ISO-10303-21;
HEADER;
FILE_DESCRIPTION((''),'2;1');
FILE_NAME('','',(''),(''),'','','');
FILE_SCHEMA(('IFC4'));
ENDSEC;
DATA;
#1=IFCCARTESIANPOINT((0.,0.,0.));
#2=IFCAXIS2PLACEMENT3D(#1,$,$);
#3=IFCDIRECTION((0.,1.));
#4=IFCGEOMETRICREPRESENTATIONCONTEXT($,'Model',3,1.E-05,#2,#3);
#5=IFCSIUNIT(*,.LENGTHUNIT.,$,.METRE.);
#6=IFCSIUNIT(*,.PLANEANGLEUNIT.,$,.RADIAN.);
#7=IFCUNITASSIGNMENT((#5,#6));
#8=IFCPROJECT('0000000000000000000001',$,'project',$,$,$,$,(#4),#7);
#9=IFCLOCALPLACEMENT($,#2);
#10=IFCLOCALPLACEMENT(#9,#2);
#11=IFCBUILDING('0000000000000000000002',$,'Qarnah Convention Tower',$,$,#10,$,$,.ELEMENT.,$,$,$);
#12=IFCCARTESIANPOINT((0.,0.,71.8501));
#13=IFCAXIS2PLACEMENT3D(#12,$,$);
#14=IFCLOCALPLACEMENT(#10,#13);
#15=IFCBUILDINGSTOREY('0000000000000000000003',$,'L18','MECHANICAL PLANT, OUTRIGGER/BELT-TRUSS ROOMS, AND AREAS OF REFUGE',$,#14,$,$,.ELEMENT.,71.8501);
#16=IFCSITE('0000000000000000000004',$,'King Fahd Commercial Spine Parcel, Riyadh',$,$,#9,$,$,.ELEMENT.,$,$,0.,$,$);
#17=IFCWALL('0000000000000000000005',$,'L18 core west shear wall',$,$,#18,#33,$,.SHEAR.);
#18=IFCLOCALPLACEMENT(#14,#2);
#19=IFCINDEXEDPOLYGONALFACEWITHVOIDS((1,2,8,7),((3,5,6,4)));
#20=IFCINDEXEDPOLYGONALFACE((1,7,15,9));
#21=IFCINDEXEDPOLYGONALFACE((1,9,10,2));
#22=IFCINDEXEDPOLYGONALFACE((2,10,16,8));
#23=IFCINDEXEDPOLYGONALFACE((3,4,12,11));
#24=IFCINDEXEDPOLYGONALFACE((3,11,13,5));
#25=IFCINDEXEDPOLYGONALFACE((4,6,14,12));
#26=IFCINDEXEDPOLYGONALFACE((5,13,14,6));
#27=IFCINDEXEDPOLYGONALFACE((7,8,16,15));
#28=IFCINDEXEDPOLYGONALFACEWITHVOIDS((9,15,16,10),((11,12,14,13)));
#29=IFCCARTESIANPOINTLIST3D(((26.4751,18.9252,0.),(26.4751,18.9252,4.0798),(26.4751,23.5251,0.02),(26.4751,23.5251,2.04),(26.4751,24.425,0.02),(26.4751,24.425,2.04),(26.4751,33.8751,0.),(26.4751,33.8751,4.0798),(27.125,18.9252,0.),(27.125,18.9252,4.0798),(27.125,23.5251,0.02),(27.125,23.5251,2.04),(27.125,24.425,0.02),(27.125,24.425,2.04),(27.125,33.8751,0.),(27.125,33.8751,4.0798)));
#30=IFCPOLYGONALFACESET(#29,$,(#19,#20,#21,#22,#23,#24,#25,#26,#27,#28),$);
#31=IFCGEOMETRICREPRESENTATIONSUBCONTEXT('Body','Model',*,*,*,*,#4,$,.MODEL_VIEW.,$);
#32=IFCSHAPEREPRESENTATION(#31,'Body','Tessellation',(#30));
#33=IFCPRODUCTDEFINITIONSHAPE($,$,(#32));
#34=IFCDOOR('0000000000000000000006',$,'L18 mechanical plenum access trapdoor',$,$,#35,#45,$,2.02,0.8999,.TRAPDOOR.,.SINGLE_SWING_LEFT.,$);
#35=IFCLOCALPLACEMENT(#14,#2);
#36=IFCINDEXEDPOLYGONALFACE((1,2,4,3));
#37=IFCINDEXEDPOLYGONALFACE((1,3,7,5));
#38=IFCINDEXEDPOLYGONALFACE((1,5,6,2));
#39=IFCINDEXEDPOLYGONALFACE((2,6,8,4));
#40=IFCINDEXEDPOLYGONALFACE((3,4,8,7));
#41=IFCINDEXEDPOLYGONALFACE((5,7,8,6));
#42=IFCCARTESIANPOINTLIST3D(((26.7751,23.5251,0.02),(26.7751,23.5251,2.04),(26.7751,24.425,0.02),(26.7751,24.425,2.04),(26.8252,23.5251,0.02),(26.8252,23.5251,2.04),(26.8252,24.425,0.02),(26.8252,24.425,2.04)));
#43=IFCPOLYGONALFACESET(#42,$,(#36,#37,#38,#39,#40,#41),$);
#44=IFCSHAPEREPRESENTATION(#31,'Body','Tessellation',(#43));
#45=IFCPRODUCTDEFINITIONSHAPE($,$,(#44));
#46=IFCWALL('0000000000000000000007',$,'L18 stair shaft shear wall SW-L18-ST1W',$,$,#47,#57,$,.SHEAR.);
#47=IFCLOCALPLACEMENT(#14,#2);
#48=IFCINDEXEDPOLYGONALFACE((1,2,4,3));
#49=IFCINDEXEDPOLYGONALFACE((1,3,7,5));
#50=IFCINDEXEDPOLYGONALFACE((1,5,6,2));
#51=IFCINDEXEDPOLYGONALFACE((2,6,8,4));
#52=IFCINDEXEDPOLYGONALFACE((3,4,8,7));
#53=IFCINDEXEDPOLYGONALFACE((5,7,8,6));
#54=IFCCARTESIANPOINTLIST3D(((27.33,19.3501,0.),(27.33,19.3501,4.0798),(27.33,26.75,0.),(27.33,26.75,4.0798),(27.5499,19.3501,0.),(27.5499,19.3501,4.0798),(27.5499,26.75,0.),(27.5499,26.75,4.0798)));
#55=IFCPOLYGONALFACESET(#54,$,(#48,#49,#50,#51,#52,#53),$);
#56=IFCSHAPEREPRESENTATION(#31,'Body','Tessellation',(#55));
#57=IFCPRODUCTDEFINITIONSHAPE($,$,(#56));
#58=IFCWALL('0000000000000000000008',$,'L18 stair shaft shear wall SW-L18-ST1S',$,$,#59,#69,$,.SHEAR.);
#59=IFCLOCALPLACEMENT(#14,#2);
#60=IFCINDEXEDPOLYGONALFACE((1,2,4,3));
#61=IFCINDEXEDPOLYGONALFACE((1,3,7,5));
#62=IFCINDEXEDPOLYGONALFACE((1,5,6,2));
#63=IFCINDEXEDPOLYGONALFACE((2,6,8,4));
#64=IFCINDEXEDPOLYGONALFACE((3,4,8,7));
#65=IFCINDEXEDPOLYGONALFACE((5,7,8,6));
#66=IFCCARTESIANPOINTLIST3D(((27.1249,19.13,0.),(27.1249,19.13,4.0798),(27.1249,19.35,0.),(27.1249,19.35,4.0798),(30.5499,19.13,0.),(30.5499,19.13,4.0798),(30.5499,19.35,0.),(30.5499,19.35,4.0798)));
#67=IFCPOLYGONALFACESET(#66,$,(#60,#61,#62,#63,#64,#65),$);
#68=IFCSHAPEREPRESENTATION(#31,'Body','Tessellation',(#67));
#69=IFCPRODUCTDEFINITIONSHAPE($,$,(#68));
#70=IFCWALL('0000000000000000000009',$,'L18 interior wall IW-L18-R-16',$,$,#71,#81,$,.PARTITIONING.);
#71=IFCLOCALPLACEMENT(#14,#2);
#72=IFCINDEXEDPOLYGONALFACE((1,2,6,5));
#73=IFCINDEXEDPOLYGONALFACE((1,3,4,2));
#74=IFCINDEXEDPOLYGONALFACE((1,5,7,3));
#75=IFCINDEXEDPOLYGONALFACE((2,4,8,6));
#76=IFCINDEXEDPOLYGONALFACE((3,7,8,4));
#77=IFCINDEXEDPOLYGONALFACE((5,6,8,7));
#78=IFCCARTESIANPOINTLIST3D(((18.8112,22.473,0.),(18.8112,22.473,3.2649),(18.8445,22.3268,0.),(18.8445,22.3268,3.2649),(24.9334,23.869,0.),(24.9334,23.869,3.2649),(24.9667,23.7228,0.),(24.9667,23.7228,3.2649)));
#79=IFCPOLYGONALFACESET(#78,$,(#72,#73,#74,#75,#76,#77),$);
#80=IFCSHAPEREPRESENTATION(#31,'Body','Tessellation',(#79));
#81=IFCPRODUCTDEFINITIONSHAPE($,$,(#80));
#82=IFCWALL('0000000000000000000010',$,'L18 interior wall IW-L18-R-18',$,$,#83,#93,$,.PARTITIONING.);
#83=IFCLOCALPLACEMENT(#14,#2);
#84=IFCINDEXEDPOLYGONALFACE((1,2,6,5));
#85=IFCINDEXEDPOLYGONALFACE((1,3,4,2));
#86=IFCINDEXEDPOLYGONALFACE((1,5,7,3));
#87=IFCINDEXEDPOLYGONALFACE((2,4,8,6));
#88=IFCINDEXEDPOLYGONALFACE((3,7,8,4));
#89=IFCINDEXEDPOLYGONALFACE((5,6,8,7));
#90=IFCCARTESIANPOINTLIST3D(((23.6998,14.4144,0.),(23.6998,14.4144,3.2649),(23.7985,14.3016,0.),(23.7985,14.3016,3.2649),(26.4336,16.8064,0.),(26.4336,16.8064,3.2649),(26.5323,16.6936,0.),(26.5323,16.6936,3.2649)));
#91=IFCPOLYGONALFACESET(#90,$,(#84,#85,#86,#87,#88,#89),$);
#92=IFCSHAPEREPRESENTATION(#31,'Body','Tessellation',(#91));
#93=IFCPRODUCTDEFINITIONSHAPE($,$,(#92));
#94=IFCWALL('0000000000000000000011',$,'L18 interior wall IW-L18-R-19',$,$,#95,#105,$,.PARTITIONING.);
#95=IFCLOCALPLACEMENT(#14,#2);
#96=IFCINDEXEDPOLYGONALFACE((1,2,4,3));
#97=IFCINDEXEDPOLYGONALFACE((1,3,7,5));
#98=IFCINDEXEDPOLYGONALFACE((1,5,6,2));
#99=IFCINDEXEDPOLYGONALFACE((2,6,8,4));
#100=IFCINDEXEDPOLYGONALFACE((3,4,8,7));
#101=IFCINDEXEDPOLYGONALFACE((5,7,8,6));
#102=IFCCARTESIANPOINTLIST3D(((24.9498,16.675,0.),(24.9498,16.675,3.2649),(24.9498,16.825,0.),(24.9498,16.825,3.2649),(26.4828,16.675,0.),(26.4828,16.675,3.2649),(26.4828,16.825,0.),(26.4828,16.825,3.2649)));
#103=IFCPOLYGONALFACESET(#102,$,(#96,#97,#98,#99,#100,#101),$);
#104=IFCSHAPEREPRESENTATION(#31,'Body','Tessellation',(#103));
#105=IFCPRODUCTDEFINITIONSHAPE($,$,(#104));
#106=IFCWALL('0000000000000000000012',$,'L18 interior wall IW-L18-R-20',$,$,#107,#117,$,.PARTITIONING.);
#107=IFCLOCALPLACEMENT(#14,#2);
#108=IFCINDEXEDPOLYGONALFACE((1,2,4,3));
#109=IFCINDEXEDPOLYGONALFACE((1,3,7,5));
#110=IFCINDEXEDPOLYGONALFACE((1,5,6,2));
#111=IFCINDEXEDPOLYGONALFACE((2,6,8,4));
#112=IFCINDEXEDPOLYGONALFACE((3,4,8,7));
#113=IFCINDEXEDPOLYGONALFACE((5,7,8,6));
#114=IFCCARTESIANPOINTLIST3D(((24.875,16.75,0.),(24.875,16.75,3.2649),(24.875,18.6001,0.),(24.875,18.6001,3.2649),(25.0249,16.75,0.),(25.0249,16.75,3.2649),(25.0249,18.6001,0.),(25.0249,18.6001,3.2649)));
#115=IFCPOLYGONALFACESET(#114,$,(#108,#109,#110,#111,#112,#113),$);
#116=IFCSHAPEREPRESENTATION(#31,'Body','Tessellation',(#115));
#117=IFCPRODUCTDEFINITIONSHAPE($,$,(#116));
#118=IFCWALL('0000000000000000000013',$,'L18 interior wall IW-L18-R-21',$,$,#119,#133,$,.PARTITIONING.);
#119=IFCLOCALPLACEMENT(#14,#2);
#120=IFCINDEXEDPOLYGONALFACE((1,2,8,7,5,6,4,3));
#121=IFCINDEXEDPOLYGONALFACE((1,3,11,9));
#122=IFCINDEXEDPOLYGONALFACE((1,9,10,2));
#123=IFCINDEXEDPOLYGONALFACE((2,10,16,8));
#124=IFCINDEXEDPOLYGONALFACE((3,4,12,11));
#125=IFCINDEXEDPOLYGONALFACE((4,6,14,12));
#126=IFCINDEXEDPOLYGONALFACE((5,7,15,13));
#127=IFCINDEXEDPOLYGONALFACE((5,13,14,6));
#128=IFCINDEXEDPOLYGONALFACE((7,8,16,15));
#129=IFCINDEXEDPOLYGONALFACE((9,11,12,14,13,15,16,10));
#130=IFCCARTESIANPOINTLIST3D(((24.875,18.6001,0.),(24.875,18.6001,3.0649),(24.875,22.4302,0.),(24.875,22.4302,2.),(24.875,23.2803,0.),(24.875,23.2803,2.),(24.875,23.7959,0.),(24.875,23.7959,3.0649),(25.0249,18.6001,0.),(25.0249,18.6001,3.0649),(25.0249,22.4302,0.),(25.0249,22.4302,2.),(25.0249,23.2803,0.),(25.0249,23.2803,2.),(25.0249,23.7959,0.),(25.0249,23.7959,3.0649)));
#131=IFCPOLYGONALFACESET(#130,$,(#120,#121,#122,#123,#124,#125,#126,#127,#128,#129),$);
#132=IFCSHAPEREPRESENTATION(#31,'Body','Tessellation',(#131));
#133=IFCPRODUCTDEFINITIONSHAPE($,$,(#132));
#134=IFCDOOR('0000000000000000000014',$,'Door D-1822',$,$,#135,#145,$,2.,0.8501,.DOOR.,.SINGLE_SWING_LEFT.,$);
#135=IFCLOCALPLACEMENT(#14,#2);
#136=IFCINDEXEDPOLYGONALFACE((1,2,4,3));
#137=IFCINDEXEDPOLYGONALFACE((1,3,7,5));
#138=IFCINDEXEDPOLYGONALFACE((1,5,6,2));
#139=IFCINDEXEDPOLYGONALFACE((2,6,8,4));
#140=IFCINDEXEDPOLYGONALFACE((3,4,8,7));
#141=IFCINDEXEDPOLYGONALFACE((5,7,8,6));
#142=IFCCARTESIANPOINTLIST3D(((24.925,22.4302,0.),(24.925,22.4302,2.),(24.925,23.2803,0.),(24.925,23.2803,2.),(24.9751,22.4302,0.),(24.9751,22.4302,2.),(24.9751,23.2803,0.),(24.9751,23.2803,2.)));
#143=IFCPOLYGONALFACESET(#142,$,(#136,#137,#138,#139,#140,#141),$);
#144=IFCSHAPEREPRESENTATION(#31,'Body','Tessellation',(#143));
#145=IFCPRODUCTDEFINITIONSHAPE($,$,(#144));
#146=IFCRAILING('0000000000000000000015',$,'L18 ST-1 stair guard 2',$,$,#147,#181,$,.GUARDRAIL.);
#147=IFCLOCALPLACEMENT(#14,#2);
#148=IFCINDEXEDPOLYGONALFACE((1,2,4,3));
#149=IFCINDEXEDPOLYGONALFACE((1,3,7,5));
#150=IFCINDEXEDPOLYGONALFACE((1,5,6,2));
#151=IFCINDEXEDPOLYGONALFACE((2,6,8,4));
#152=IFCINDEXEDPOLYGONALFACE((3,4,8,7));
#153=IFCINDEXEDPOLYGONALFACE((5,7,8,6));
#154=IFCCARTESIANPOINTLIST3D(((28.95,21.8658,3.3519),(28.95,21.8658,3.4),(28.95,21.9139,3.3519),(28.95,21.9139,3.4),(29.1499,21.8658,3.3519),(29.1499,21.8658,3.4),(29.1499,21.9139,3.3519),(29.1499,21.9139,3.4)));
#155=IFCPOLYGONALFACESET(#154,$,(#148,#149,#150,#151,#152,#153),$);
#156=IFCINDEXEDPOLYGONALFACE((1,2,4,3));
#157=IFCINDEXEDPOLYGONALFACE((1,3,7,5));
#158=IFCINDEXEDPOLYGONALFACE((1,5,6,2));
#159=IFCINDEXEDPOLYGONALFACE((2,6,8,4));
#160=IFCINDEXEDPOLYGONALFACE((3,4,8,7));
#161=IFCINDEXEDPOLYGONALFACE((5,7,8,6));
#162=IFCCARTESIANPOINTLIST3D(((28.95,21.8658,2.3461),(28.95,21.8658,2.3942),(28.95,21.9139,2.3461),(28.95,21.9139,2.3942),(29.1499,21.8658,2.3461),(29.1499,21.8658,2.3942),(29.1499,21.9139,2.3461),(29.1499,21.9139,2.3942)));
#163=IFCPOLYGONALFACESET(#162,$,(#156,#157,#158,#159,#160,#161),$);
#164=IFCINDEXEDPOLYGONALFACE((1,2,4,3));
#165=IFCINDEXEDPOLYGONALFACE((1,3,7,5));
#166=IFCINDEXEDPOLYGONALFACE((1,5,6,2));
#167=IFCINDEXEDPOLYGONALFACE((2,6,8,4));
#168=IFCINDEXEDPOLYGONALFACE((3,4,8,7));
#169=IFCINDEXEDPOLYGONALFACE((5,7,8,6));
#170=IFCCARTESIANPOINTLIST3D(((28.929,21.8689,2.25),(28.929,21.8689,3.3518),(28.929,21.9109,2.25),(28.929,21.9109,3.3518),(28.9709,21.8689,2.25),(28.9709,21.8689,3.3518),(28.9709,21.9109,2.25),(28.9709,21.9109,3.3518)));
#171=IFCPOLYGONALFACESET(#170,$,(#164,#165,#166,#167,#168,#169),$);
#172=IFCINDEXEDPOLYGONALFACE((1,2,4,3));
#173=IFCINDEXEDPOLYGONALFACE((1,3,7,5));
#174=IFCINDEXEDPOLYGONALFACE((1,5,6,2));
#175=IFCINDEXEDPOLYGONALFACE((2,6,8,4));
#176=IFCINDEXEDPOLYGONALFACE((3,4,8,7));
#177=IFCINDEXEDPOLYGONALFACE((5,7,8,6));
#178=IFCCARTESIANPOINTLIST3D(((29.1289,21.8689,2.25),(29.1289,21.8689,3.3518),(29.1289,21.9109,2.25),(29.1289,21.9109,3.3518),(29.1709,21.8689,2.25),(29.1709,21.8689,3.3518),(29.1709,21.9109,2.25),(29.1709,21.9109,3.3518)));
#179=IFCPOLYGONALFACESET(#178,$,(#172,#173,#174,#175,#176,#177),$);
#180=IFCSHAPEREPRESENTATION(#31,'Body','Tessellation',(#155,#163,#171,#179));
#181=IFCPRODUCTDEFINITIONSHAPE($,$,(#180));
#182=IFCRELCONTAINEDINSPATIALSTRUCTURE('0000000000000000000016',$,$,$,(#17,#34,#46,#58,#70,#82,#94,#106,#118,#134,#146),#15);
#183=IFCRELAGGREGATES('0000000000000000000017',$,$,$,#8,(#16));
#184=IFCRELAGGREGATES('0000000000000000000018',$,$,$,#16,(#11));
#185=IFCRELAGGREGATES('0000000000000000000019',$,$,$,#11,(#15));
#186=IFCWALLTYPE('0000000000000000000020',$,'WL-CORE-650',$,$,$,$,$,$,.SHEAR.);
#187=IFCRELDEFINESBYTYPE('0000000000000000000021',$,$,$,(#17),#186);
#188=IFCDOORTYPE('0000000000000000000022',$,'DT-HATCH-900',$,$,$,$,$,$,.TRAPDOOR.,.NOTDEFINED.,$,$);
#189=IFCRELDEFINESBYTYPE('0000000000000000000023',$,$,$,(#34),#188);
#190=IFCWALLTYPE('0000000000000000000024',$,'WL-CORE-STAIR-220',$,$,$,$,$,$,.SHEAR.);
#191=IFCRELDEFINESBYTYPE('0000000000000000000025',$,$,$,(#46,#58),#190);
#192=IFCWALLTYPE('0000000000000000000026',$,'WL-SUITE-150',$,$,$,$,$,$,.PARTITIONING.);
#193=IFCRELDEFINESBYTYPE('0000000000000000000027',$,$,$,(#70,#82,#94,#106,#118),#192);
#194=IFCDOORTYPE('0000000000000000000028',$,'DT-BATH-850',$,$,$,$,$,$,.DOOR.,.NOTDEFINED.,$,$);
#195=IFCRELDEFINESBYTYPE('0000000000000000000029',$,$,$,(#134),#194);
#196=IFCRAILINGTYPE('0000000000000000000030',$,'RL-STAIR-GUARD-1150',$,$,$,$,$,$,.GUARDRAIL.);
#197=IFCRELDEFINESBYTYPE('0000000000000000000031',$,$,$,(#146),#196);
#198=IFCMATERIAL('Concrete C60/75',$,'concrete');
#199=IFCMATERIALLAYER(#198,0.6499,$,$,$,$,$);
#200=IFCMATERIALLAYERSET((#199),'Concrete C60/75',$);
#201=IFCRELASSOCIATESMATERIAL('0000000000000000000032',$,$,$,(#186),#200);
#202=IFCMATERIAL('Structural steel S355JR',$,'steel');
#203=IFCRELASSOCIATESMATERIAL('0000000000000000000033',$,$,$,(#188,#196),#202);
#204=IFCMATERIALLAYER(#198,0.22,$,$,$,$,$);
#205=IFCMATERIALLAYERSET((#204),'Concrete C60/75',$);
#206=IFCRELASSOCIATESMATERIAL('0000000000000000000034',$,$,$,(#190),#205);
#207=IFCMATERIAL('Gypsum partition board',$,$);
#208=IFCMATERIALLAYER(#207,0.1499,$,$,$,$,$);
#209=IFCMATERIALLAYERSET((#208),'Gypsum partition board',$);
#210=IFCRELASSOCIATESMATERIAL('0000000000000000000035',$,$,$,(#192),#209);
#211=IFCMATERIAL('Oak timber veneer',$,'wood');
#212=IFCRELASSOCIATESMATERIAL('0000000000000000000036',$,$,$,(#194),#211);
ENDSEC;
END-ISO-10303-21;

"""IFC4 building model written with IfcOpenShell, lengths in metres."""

from ifc_helpers import new_model, si_unit, direction, frame, frame_2d, origin, origin_2d, place, context, subcontext, project, spatial, rectangle, extrude, material, layer, layer_set, type_object, element, fill, save


model = new_model("IFC4")

# Units and contexts
model_context = context("Model", 3, precision=1e-05, world=origin(), true_north=direction((0.0, 1.0)))
body_context = subcontext(model_context, "Body", "Model", "MODEL_VIEW")
ifc_project = project(units=[si_unit("LENGTHUNIT", "METRE"), si_unit("PLANEANGLEUNIT", "RADIAN")], contexts=[model_context])

# Site, building, storey
site_placement = place(None, origin())
site = spatial("IfcSite", under=ifc_project, at=site_placement, Name="King Fahd Commercial Spine Parcel, Riyadh", CompositionType="ELEMENT", RefElevation=0.0)
building_placement = place(site_placement, origin())
building = spatial("IfcBuilding", under=site, at=building_placement, Name="Qarnah Convention Tower", CompositionType="ELEMENT")
storey_placement = place(building_placement, frame((0.0, 0.0, 71.8501)))
storey = spatial("IfcBuildingStorey", under=building, at=storey_placement, Name="L18", Description="MECHANICAL PLANT, OUTRIGGER/BELT-TRUSS ROOMS, AND AREAS OF REFUGE", CompositionType="ELEMENT", Elevation=71.8501)

# Shared definitions
ifc_material_1 = material(Name="Concrete C60/75", Category="concrete")

# Shared definitions
ifc_material_2 = material(Name="Structural steel S355JR", Category="steel")

# Shared definitions
ifc_layer_1 = layer(ifc_material_1, 0.6499)
ifc_layer_set_1 = layer_set([ifc_layer_1], Name="Concrete C60/75")
wall_type_1 = type_object("IfcWallType", Name="WL-CORE-650", PredefinedType="SHEAR", material=ifc_layer_set_1)

# Wall, opening, door
wall_1_placement = place(storey_placement, frame((26.8, 18.925, 0.0), z_axis=(0.0, 0.0, 1.0), x_axis=(0.0, 1.0, 0.0)))
wall_1 = element("IfcWall", 1, at=wall_1_placement, inside=storey, type_object=wall_type_1, Name="L18 core west shear wall", PredefinedType="SHEAR", context=body_context, shape_type="SweptSolid", body=[
    extrude(rectangle(XDim=14.95, YDim=0.6499, at=frame_2d((7.4751, 0.0))), origin(), (0.0, 0.0, 1.0), 4.0798),
])
opening_1_placement = place(wall_1_placement, frame((4.6001, 0.0, 0.02)))
opening_1 = element("IfcOpeningElement", 2, at=opening_1_placement, cuts=wall_1, PredefinedType="OPENING", context=body_context, shape_type="SweptSolid", body=[
    extrude(rectangle(XDim=0.8999, YDim=2.02, at=frame_2d((0.45, 1.01))), frame((0.0, 0.335, 0.0), z_axis=(0.0, -1.0, 0.0), x_axis=(1.0, 0.0, 0.0)), (0.0, 0.0, 1.0), 0.6699),
])
door_type_1 = type_object("IfcDoorType", Name="DT-HATCH-900", OperationType="NOTDEFINED", PredefinedType="TRAPDOOR", material=ifc_material_2)
door_1_placement = place(opening_1_placement, origin())
door_1 = element("IfcDoor", 3, at=door_1_placement, inside=storey, type_object=door_type_1, Name="L18 mechanical plenum access trapdoor", OperationType="SINGLE_SWING_LEFT", OverallHeight=2.02, OverallWidth=0.8999, PredefinedType="TRAPDOOR", context=body_context, shape_type="SweptSolid", body=[
    extrude(rectangle(XDim=0.8999, YDim=2.02, at=frame_2d((0.45, 1.01))), frame((0.0, 0.0249, 0.0), z_axis=(0.0, -1.0, 0.0), x_axis=(1.0, 0.0, 0.0)), (0.0, 0.0, 1.0), 0.05),
])
fill(opening_1, door_1)

# Walls
ifc_layer_2 = layer(ifc_material_1, 0.22)
ifc_layer_set_2 = layer_set([ifc_layer_2], Name="Concrete C60/75")
wall_type_2 = type_object("IfcWallType", Name="WL-CORE-STAIR-220", PredefinedType="SHEAR", material=ifc_layer_set_2)
wall_2_placement = place(storey_placement, frame((27.4399, 19.3501, 0.0), z_axis=(0.0, 0.0, 1.0), x_axis=(0.0, 1.0, 0.0)))
element("IfcWall", 4, at=wall_2_placement, inside=storey, type_object=wall_type_2, Name="L18 stair shaft shear wall SW-L18-ST1W", PredefinedType="SHEAR", context=body_context, shape_type="SweptSolid", body=[
    extrude(rectangle(XDim=7.3999, YDim=0.22, at=frame_2d((3.7, 0.0))), origin(), (0.0, 0.0, 1.0), 4.0798),
])
wall_3_placement = place(storey_placement, frame((27.125, 19.24, 0.0), z_axis=(0.0, 0.0, 1.0), x_axis=(1.0, 0.0, 0.0)))
element("IfcWall", 5, at=wall_3_placement, inside=storey, type_object=wall_type_2, Name="L18 stair shaft shear wall SW-L18-ST1S", PredefinedType="SHEAR", context=body_context, shape_type="SweptSolid", body=[
    extrude(rectangle(XDim=3.425, YDim=0.22, at=frame_2d((1.7124, 0.0))), origin(), (0.0, 0.0, 1.0), 4.0798),
])
ifc_material_3 = material(Name="Gypsum partition board")
ifc_layer_3 = layer(ifc_material_3, 0.1499)
ifc_layer_set_3 = layer_set([ifc_layer_3], Name="Gypsum partition board")
wall_type_3 = type_object("IfcWallType", Name="WL-SUITE-150", PredefinedType="PARTITIONING", material=ifc_layer_set_3)
wall_4_placement = place(storey_placement, frame((18.8279, 22.3999, 0.0), z_axis=(0.0, 0.0, 1.0), x_axis=(0.974974, 0.22232, 0.0)))
element("IfcWall", 6, at=wall_4_placement, inside=storey, type_object=wall_type_3, Name="L18 interior wall IW-L18-R-16", PredefinedType="PARTITIONING", context=body_context, shape_type="SweptSolid", body=[
    extrude(rectangle(XDim=6.2793, YDim=0.1499, at=frame_2d((3.1396, 0.0))), origin(), (0.0, 0.0, 1.0), 3.2649),
])
wall_5_placement = place(storey_placement, frame((23.749, 14.3579, 0.0), z_axis=(0.0, 0.0, 1.0), x_axis=(0.752585, 0.658495, 0.0)))
element("IfcWall", 7, at=wall_5_placement, inside=storey, type_object=wall_type_3, Name="L18 interior wall IW-L18-R-18", PredefinedType="PARTITIONING", context=body_context, shape_type="SweptSolid", body=[
    extrude(rectangle(XDim=3.6326, YDim=0.1499, at=frame_2d((1.8164, 0.0))), origin(), (0.0, 0.0, 1.0), 3.2649),
])
wall_6_placement = place(storey_placement, frame((26.4829, 16.75, 0.0), z_axis=(0.0, 0.0, 1.0), x_axis=(-1.0, 0.0, 0.0)))
element("IfcWall", 8, at=wall_6_placement, inside=storey, type_object=wall_type_3, Name="L18 interior wall IW-L18-R-19", PredefinedType="PARTITIONING", context=body_context, shape_type="SweptSolid", body=[
    extrude(rectangle(XDim=1.533, YDim=0.1499, at=frame_2d((0.7666, 0.0))), origin(), (0.0, 0.0, 1.0), 3.2649),
])
wall_7_placement = place(storey_placement, frame((24.95, 16.75, 0.0), z_axis=(0.0, 0.0, 1.0), x_axis=(0.0, 1.0, 0.0)))
element("IfcWall", 9, at=wall_7_placement, inside=storey, type_object=wall_type_3, Name="L18 interior wall IW-L18-R-20", PredefinedType="PARTITIONING", context=body_context, shape_type="SweptSolid", body=[
    extrude(rectangle(XDim=1.8501, YDim=0.1499, at=frame_2d((0.925, 0.0))), origin(), (0.0, 0.0, 1.0), 3.2649),
])

# Wall, opening, door
wall_8_placement = place(storey_placement, frame((24.95, 18.6001, 0.0), z_axis=(0.0, 0.0, 1.0), x_axis=(0.0, 1.0, 0.0)))
wall_8 = element("IfcWall", 10, at=wall_8_placement, inside=storey, type_object=wall_type_3, Name="L18 interior wall IW-L18-R-21", PredefinedType="PARTITIONING", context=body_context, shape_type="SweptSolid", body=[
    extrude(rectangle(XDim=5.1958, YDim=0.1499, at=frame_2d((2.5979, 0.0))), origin(), (0.0, 0.0, 1.0), 3.0649),
])
opening_2_placement = place(wall_8_placement, frame((3.8301, 0.0, 0.0)))
opening_2 = element("IfcOpeningElement", 11, at=opening_2_placement, cuts=wall_8, PredefinedType="OPENING", context=body_context, shape_type="SweptSolid", body=[
    extrude(rectangle(XDim=0.8501, YDim=2.0, at=frame_2d((0.425, 1.0))), frame((0.0, 0.085, 0.0), z_axis=(0.0, -1.0, 0.0), x_axis=(1.0, 0.0, 0.0)), (0.0, 0.0, 1.0), 0.1699),
])
ifc_material_4 = material(Name="Oak timber veneer", Category="wood")
door_type_2 = type_object("IfcDoorType", Name="DT-BATH-850", OperationType="NOTDEFINED", PredefinedType="DOOR", material=ifc_material_4)
door_2_placement = place(opening_2_placement, origin())
door_2 = element("IfcDoor", 12, at=door_2_placement, inside=storey, type_object=door_type_2, Name="Door D-1822", OperationType="SINGLE_SWING_LEFT", OverallHeight=2.0, OverallWidth=0.8501, PredefinedType="DOOR", context=body_context, shape_type="SweptSolid", body=[
    extrude(rectangle(XDim=0.8501, YDim=2.0, at=frame_2d((0.425, 1.0))), frame((0.0, 0.0249, 0.0), z_axis=(0.0, -1.0, 0.0), x_axis=(1.0, 0.0, 0.0)), (0.0, 0.0, 1.0), 0.05),
])
fill(opening_2, door_2)

# Railing
railing_type = type_object("IfcRailingType", Name="RL-STAIR-GUARD-1150", PredefinedType="GUARDRAIL", material=ifc_material_2)
railing_placement = place(storey_placement, frame((28.95, 21.8899, 2.25)))
element("IfcRailing", 13, at=railing_placement, inside=storey, type_object=railing_type, Name="L18 ST-1 stair guard 2", PredefinedType="GUARDRAIL", context=body_context, shape_type="SweptSolid", body=[
    extrude(rectangle(XDim=0.0481, YDim=0.0481, at=origin_2d()), frame((0.0, 0.0, 1.126), z_axis=(1.0, 0.0, 0.0), x_axis=(0.0, 1.0, 0.0)), (0.0, 0.0, 1.0), 0.2),
    extrude(rectangle(XDim=0.0481, YDim=0.0481, at=origin_2d()), frame((0.0, 0.0, 0.1201), z_axis=(1.0, 0.0, 0.0), x_axis=(0.0, 1.0, 0.0)), (0.0, 0.0, 1.0), 0.2),
    extrude(rectangle(XDim=0.042, YDim=0.042, at=origin_2d()), origin(), (0.0, 0.0, 1.0), 1.1018),
    extrude(rectangle(XDim=0.042, YDim=0.042, at=origin_2d()), frame((0.2, 0.0, 0.0)), (0.0, 0.0, 1.0), 1.1018),
])

save(model, "model.ifc")
